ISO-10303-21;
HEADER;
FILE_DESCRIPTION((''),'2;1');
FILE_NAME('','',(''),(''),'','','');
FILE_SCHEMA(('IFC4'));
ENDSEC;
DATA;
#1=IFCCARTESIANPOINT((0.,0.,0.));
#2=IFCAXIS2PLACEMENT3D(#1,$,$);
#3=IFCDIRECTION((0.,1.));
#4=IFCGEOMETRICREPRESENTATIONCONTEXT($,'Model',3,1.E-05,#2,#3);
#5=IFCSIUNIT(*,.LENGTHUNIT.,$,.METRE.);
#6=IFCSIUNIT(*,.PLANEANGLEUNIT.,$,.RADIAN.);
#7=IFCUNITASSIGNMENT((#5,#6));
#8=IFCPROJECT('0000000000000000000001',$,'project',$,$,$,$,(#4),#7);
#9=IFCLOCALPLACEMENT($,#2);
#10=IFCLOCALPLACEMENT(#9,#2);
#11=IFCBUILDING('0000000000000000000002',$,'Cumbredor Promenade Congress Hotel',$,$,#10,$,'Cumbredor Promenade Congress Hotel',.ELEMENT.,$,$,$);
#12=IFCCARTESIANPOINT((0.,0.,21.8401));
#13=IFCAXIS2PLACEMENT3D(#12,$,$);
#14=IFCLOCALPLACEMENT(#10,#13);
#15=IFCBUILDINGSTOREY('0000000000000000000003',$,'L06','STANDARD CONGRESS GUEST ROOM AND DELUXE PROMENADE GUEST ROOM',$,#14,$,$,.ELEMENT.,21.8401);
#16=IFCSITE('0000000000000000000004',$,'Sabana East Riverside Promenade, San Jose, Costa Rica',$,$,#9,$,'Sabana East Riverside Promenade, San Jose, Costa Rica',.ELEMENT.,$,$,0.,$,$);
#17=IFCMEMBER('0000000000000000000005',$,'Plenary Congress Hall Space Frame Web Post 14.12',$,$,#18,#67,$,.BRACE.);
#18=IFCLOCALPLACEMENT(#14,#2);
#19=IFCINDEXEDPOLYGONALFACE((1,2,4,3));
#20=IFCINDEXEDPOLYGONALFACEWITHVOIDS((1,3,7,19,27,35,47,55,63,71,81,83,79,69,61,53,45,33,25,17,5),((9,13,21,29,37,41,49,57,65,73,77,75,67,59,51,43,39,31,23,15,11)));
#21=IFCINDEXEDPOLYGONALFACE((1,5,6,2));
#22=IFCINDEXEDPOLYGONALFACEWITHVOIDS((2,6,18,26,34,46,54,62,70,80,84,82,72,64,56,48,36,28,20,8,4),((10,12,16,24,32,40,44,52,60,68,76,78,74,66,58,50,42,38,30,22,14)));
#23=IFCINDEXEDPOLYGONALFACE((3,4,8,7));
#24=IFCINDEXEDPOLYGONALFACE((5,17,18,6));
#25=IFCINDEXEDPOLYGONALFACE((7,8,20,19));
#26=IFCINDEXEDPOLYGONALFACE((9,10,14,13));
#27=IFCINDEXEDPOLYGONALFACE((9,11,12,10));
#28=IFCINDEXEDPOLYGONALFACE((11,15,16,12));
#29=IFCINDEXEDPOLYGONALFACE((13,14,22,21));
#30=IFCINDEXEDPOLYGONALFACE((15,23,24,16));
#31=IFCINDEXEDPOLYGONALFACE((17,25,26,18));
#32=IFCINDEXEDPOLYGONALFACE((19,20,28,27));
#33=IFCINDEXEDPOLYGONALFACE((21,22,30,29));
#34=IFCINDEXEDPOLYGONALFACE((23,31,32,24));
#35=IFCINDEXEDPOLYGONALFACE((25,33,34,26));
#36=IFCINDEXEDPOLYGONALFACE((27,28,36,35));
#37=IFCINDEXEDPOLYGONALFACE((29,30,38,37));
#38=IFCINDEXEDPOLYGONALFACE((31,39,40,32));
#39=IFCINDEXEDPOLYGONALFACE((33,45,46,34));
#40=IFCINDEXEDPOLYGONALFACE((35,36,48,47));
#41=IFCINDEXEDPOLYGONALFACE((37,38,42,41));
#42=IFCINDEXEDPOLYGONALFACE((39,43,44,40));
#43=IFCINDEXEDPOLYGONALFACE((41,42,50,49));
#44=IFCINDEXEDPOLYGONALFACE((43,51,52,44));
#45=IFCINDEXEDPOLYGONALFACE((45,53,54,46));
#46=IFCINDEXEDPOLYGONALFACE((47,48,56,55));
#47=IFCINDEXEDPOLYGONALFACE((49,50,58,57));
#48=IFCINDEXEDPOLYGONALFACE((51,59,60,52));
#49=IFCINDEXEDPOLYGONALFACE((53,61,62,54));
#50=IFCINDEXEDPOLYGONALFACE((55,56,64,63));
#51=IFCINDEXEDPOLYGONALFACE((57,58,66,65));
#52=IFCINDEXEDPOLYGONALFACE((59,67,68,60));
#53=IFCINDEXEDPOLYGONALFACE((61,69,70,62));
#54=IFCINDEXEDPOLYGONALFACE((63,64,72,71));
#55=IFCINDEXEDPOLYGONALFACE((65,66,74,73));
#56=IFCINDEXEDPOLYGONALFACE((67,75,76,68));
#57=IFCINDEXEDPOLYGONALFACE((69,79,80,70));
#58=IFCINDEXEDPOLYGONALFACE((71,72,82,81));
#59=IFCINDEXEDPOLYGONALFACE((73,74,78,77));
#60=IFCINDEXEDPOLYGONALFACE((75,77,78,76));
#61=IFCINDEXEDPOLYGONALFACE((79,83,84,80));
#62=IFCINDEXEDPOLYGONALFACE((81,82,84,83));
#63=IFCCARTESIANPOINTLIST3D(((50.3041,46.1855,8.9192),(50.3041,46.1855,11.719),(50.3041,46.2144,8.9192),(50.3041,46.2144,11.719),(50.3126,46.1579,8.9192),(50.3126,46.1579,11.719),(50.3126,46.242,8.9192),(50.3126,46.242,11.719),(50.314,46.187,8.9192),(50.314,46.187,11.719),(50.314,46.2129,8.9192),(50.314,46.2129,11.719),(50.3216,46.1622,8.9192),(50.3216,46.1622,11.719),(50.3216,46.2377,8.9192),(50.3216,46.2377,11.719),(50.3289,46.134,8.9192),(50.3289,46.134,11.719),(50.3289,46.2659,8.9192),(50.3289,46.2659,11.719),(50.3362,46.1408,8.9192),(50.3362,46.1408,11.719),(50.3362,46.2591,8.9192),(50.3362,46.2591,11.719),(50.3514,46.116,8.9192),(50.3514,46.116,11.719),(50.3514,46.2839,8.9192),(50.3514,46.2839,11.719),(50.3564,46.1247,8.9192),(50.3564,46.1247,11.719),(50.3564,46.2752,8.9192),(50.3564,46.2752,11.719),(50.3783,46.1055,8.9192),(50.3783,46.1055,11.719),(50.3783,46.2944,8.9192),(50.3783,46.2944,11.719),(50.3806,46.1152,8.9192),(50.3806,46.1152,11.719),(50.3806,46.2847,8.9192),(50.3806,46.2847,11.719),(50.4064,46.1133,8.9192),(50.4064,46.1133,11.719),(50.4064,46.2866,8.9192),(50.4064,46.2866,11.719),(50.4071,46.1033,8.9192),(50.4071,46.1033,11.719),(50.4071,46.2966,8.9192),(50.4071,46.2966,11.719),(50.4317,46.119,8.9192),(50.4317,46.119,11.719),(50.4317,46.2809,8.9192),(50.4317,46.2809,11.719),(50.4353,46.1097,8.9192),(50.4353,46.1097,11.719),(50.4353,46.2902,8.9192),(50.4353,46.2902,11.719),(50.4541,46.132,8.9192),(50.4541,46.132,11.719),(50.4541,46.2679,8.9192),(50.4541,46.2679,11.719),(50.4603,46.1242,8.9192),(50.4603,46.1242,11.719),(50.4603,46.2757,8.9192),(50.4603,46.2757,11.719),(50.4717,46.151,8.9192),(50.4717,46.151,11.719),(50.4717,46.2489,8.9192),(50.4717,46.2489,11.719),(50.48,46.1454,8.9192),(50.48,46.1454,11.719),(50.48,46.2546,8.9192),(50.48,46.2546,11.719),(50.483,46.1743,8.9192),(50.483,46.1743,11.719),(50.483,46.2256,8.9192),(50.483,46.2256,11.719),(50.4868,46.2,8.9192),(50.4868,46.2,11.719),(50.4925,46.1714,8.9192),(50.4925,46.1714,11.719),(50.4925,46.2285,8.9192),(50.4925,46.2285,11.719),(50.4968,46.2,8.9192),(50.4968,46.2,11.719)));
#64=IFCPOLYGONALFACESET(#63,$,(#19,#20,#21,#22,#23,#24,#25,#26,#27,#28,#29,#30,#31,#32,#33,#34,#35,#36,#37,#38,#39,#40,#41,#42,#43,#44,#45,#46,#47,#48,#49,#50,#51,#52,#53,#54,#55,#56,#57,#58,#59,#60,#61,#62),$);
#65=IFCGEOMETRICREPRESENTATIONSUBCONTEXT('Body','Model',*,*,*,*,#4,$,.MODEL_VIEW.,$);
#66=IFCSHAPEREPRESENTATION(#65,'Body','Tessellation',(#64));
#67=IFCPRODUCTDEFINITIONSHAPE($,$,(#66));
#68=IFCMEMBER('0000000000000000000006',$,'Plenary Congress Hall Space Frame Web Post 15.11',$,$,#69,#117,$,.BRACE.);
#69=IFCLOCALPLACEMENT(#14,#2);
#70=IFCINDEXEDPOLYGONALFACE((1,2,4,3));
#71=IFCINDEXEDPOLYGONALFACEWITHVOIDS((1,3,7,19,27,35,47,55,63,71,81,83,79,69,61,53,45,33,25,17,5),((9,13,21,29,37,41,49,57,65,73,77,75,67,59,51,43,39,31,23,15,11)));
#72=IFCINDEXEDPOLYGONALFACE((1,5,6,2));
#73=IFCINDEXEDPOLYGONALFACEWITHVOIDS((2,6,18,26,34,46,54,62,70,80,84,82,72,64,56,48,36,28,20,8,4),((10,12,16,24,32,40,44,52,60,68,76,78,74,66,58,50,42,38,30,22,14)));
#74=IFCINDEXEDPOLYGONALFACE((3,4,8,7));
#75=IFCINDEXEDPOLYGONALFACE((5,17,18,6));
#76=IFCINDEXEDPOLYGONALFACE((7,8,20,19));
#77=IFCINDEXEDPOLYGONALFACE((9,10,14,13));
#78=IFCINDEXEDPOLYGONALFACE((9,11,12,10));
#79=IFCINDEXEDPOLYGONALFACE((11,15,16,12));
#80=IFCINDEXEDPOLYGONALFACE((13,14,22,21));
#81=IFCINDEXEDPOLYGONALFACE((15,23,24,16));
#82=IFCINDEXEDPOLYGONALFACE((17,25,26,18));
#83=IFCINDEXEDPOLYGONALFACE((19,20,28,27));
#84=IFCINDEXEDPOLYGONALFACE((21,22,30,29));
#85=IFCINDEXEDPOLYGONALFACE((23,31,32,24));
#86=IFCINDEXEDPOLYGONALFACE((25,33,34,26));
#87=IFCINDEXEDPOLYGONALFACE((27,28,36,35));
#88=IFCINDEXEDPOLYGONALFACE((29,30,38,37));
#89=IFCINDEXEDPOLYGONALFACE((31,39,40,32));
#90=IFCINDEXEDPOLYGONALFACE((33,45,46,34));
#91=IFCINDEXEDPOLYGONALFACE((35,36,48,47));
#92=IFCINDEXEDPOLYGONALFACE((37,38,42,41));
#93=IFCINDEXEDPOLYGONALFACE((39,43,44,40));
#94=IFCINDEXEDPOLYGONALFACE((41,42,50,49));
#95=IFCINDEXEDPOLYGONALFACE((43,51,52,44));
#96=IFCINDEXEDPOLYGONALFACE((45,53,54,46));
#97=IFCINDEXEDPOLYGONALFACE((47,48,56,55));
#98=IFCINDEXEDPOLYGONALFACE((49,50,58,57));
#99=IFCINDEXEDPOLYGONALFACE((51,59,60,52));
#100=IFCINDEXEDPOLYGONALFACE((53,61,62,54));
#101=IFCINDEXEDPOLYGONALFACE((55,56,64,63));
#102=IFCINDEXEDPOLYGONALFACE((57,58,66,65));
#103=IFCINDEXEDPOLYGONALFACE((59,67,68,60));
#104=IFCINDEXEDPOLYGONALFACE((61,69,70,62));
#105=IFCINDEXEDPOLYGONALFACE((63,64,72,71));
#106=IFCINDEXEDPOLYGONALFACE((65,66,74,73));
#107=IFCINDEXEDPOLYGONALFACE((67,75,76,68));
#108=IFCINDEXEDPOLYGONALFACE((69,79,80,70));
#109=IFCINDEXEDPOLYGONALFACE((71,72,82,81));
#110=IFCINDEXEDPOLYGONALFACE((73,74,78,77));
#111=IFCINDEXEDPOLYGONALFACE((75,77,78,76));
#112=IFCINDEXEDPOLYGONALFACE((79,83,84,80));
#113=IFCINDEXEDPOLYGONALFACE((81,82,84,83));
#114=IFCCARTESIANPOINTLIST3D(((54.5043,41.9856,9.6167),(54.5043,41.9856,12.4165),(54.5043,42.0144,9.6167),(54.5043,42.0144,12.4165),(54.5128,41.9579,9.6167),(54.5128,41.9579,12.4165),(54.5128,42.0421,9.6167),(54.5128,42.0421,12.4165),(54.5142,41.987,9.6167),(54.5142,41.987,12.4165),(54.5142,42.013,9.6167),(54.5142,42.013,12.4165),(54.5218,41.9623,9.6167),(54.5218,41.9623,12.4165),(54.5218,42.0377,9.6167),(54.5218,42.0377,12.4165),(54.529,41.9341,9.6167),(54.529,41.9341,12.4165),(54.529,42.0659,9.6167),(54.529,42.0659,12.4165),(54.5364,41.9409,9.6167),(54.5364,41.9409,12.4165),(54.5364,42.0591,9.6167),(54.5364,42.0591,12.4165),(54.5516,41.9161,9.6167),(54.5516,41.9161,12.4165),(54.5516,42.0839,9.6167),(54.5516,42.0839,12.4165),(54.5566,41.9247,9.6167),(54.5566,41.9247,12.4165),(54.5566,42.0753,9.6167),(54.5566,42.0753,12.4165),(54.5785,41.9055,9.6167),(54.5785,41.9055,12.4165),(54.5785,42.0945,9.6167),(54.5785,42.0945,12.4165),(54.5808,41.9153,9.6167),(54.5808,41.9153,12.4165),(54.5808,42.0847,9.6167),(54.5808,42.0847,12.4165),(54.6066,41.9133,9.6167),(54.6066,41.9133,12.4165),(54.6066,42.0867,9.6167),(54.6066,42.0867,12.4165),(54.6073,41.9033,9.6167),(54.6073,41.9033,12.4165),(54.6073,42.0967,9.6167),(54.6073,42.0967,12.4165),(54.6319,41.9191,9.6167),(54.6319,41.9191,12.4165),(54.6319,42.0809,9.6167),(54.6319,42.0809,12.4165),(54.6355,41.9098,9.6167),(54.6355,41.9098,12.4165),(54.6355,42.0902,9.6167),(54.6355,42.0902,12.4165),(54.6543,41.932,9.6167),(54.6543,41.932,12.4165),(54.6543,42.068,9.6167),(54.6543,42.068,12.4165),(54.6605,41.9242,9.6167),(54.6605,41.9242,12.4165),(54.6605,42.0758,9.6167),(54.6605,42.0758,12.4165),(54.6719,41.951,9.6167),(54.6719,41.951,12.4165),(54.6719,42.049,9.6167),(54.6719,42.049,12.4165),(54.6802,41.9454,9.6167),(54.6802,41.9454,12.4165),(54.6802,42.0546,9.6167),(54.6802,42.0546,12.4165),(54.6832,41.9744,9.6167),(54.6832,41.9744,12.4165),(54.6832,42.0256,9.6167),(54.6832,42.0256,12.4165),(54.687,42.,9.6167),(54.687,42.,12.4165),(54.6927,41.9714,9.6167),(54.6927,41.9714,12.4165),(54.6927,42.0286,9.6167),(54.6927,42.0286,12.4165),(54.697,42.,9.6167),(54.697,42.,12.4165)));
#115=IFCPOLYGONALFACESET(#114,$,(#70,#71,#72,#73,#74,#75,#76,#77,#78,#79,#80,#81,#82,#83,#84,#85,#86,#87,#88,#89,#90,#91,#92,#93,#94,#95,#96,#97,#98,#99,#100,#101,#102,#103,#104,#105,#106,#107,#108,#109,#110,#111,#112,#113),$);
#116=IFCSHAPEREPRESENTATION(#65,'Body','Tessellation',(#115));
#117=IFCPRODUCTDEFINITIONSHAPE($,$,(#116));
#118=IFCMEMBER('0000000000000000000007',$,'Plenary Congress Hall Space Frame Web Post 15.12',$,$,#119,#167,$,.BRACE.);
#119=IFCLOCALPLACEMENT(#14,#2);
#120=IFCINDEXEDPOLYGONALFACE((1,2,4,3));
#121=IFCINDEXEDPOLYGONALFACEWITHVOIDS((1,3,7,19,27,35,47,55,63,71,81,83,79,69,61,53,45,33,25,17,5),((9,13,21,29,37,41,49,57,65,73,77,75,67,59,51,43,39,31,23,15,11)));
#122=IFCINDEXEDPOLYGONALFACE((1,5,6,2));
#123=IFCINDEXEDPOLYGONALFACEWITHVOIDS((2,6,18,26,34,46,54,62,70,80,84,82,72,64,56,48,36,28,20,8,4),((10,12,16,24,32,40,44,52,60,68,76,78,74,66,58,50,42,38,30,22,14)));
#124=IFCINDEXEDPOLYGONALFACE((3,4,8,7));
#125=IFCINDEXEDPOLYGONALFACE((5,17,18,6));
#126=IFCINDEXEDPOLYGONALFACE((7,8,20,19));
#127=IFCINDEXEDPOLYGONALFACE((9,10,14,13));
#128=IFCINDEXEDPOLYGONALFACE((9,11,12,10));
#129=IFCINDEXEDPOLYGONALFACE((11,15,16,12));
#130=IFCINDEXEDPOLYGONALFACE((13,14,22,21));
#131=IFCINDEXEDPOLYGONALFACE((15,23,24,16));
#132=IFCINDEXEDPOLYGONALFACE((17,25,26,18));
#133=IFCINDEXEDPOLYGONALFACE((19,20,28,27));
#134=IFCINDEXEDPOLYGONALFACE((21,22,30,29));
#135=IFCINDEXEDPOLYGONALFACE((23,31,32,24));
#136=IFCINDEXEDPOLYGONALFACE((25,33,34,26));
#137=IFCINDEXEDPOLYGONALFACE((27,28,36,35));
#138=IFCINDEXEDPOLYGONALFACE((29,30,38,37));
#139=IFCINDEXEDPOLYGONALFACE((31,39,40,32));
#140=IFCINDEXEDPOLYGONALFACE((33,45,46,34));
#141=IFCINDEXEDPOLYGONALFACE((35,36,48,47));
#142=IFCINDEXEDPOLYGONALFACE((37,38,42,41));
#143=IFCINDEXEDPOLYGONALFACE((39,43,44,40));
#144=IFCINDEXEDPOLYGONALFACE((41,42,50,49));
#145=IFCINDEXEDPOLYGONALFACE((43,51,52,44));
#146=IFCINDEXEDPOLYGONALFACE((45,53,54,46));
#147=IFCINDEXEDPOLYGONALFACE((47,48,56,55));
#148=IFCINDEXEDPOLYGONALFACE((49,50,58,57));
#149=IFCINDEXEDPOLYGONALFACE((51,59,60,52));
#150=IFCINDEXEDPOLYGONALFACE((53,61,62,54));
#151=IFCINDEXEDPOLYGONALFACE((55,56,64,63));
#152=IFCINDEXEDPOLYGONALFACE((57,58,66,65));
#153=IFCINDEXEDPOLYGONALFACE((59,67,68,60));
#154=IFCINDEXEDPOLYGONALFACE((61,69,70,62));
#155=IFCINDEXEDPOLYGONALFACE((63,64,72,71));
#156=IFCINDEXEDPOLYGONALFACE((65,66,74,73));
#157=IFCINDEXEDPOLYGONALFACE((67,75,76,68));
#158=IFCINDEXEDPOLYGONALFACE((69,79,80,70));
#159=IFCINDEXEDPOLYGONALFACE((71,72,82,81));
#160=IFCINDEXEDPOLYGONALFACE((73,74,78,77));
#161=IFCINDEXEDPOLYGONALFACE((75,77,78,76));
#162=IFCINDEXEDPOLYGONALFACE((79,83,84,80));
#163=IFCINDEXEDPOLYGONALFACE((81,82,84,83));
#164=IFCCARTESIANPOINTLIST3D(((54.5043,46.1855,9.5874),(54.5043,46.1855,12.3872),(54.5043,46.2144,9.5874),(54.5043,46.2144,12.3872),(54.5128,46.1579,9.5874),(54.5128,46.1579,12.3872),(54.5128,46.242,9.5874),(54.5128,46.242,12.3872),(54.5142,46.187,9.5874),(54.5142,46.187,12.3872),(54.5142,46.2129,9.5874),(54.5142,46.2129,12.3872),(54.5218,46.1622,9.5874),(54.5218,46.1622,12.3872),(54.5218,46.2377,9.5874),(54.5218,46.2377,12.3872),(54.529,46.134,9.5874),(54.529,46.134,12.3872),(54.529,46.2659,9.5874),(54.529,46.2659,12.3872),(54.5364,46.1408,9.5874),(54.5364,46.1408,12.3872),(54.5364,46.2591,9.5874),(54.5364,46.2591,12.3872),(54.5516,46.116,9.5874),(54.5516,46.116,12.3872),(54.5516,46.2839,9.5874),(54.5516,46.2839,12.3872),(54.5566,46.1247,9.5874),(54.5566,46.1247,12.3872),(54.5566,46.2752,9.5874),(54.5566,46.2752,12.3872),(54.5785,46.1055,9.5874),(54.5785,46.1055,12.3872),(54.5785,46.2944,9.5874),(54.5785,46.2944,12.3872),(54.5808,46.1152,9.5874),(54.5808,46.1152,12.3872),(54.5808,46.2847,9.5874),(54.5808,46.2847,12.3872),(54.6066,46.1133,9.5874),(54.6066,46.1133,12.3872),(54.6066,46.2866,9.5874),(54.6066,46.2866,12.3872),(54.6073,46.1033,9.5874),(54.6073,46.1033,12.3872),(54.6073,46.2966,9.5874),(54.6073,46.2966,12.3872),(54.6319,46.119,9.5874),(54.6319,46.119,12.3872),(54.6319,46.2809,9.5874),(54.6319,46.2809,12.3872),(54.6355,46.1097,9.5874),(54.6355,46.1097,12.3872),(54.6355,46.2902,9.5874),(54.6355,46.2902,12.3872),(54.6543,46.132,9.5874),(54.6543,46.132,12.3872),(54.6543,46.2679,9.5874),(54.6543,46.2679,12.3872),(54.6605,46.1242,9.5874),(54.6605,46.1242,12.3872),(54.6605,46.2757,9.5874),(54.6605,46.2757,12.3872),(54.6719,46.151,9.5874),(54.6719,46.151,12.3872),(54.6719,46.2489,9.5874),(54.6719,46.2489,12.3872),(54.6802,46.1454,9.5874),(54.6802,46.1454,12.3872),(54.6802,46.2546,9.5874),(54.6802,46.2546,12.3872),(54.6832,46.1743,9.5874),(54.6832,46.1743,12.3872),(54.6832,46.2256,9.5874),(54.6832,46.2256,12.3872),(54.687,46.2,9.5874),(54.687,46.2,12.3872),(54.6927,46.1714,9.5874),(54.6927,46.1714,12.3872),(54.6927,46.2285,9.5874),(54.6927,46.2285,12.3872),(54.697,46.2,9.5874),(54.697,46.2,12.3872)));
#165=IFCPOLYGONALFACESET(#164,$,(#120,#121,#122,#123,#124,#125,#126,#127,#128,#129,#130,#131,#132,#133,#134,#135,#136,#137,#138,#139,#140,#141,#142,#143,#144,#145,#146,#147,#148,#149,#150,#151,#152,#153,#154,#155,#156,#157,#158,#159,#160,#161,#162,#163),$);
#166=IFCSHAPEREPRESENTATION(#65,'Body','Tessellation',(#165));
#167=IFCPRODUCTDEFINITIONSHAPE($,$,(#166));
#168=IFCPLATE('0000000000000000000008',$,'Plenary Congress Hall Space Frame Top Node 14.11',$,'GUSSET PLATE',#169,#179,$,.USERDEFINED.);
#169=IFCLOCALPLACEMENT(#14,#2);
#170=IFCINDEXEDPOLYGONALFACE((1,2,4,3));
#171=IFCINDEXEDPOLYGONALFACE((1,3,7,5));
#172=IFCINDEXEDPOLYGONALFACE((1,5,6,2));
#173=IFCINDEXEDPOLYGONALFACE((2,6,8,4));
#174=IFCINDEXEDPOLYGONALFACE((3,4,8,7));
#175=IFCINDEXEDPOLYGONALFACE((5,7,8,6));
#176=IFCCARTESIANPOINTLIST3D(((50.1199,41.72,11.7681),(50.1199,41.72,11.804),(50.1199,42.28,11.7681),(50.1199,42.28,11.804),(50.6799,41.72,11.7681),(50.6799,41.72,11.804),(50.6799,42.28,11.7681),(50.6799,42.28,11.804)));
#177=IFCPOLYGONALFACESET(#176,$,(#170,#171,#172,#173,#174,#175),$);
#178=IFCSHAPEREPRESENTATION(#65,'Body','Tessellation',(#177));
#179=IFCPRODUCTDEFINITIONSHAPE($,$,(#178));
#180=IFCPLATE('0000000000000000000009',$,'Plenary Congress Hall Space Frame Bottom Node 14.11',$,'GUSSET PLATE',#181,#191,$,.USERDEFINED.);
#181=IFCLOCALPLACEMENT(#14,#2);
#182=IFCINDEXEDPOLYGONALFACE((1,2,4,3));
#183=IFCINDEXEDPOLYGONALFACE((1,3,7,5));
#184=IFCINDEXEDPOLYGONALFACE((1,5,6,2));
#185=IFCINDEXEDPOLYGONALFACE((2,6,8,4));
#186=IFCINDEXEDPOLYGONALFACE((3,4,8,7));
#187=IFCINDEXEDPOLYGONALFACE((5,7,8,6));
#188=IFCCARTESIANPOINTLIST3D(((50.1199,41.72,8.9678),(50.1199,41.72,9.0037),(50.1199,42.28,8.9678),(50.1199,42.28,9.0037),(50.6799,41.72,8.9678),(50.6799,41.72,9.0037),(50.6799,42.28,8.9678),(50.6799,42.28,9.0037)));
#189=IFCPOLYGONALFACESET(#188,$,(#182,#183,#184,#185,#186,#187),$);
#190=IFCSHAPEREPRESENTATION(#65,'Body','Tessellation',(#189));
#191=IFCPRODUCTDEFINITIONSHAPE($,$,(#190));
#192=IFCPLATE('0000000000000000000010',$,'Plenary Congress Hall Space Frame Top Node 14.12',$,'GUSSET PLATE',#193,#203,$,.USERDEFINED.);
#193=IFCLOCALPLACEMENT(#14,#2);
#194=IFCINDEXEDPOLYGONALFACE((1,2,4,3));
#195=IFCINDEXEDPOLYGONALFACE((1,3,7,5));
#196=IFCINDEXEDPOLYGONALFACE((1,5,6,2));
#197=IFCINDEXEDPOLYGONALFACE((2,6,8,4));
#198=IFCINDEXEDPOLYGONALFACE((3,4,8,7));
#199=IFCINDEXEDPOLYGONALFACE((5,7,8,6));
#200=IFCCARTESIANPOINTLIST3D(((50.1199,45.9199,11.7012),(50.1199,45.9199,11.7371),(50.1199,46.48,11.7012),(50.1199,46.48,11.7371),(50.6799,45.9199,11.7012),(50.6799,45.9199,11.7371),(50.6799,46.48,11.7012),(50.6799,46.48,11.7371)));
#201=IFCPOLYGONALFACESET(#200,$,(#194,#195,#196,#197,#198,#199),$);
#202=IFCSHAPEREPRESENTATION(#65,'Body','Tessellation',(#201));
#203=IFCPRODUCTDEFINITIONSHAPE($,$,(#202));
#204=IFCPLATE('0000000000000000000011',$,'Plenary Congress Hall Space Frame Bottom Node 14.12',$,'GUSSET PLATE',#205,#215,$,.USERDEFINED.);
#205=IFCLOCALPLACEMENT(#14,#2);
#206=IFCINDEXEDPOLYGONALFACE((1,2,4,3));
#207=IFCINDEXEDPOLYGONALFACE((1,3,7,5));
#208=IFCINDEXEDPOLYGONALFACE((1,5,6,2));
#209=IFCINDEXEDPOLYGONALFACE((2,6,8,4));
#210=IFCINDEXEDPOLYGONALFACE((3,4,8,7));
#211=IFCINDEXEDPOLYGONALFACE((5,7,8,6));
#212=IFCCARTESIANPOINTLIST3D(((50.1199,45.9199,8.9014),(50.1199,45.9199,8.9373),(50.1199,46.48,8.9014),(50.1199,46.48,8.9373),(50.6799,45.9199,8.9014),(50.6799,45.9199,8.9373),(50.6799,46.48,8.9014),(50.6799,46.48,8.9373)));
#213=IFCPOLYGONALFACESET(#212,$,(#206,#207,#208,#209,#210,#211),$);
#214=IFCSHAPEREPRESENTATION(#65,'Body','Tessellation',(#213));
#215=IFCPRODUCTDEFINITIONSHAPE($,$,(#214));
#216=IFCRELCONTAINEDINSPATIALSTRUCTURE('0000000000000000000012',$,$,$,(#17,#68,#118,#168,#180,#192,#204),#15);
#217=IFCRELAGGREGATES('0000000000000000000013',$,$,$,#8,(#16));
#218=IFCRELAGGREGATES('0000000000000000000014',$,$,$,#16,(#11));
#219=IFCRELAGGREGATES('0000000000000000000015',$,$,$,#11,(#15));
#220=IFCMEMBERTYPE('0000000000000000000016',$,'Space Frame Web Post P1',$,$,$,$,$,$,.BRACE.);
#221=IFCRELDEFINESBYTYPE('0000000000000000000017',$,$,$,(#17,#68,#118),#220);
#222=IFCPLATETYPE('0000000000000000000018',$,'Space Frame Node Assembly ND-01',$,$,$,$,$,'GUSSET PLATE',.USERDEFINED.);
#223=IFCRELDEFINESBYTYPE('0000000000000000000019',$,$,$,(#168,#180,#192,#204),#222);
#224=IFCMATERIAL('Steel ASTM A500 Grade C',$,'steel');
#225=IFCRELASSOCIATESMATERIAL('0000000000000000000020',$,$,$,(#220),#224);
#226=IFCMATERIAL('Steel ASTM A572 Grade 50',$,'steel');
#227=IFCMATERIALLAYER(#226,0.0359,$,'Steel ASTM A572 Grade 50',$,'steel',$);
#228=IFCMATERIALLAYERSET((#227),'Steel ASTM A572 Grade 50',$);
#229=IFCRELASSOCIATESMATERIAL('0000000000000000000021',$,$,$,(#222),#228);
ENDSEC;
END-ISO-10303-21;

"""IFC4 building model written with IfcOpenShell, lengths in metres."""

from ifc_helpers import new_model, si_unit, direction, frame, origin, origin_2d, place, context, subcontext, project, spatial, rectangle, hollow_circle, extrude, material, layer, layer_set, material_profile, profile_set, type_object, element, save


model = new_model("IFC4")

# Units and contexts
model_context = context("Model", 3, precision=1e-05, world=origin(), true_north=direction((0.0, 1.0)))
body_context = subcontext(model_context, "Body", "Model", "MODEL_VIEW")
ifc_project = project(units=[si_unit("LENGTHUNIT", "METRE"), si_unit("PLANEANGLEUNIT", "RADIAN")], contexts=[model_context])

# Site, building, storey
site_placement = place(None, origin())
site = spatial("IfcSite", under=ifc_project, at=site_placement, Name="Sabana East Riverside Promenade, San Jose, Costa Rica", LongName="Sabana East Riverside Promenade, San Jose, Costa Rica", CompositionType="ELEMENT", RefElevation=0.0)
building_placement = place(site_placement, origin())
building = spatial("IfcBuilding", under=site, at=building_placement, Name="Cumbredor Promenade Congress Hotel", LongName="Cumbredor Promenade Congress Hotel", CompositionType="ELEMENT")
storey_placement = place(building_placement, frame((0.0, 0.0, 21.8401)))
storey = spatial("IfcBuildingStorey", under=building, at=storey_placement, Name="L06", Description="STANDARD CONGRESS GUEST ROOM AND DELUXE PROMENADE GUEST ROOM", CompositionType="ELEMENT", Elevation=21.8401)

# Members
ifc_material_1 = material(Name="Steel ASTM A500 Grade C", Category="steel")
ifc_material_profile_1 = material_profile(ifc_material_1, hollow_circle(Radius=0.0969, WallThickness=0.01, at=origin_2d()), Name="CHS 193.7x10")
ifc_profile_set_1 = profile_set([ifc_material_profile_1], Name="Steel ASTM A500 Grade C")
member_type_1 = type_object("IfcMemberType", Name="Space Frame Web Post P1", PredefinedType="BRACE", material=ifc_profile_set_1)
for number, where, z_axis, x_axis, name in (
    (1, (50.3999, 46.2, 8.9192), (0.0, 0.0, 1.0), (1.0, 0.0, 0.0), "Plenary Congress Hall Space Frame Web Post 14.12"),
    (2, (54.6001, 42.0, 9.6167), (0.0, 0.0, 1.0), (1.0, 0.0, 0.0), "Plenary Congress Hall Space Frame Web Post 15.11"),
    (3, (54.6001, 46.2, 9.5874), (0.0, 0.0, 1.0), (1.0, 0.0, 0.0), "Plenary Congress Hall Space Frame Web Post 15.12"),
):
    element("IfcMember", number, at=place(storey_placement, frame(where, z_axis=z_axis, x_axis=x_axis)), inside=storey, type_object=member_type_1, Name=name, PredefinedType="BRACE", context=body_context, shape_type="SweptSolid", body=[
        extrude(hollow_circle(Radius=0.0969, WallThickness=0.01, at=origin_2d()), origin(), (0.0, 0.0, 1.0), 2.7998),
    ])

# Plates
ifc_material_2 = material(Name="Steel ASTM A572 Grade 50", Category="steel")
ifc_layer = layer(ifc_material_2, 0.0359, Name="Steel ASTM A572 Grade 50", Category="steel")
ifc_layer_set = layer_set([ifc_layer], Name="Steel ASTM A572 Grade 50")
plate_type = type_object("IfcPlateType", Name="Space Frame Node Assembly ND-01", ElementType="GUSSET PLATE", PredefinedType="USERDEFINED", material=ifc_layer_set)
for number, where, z_axis, x_axis, name in (
    (4, (50.3999, 42.0, 11.7681), (0.0, 0.0, 1.0), (1.0, 0.0, 0.0), "Plenary Congress Hall Space Frame Top Node 14.11"),
    (5, (50.3999, 42.0, 8.9678), (0.0, 0.0, 1.0), (1.0, 0.0, 0.0), "Plenary Congress Hall Space Frame Bottom Node 14.11"),
    (6, (50.3999, 46.2, 11.7012), (0.0, 0.0, 1.0), (1.0, 0.0, 0.0), "Plenary Congress Hall Space Frame Top Node 14.12"),
    (7, (50.3999, 46.2, 8.9014), (0.0, 0.0, 1.0), (1.0, 0.0, 0.0), "Plenary Congress Hall Space Frame Bottom Node 14.12"),
):
    element("IfcPlate", number, at=place(storey_placement, frame(where, z_axis=z_axis, x_axis=x_axis)), inside=storey, type_object=plate_type, Name=name, ObjectType="GUSSET PLATE", PredefinedType="USERDEFINED", context=body_context, shape_type="SweptSolid", body=[
        extrude(rectangle(XDim=0.5601, YDim=0.5601, at=origin_2d()), origin(), (0.0, 0.0, 1.0), 0.0359),
    ])

save(model, "model.ifc")
